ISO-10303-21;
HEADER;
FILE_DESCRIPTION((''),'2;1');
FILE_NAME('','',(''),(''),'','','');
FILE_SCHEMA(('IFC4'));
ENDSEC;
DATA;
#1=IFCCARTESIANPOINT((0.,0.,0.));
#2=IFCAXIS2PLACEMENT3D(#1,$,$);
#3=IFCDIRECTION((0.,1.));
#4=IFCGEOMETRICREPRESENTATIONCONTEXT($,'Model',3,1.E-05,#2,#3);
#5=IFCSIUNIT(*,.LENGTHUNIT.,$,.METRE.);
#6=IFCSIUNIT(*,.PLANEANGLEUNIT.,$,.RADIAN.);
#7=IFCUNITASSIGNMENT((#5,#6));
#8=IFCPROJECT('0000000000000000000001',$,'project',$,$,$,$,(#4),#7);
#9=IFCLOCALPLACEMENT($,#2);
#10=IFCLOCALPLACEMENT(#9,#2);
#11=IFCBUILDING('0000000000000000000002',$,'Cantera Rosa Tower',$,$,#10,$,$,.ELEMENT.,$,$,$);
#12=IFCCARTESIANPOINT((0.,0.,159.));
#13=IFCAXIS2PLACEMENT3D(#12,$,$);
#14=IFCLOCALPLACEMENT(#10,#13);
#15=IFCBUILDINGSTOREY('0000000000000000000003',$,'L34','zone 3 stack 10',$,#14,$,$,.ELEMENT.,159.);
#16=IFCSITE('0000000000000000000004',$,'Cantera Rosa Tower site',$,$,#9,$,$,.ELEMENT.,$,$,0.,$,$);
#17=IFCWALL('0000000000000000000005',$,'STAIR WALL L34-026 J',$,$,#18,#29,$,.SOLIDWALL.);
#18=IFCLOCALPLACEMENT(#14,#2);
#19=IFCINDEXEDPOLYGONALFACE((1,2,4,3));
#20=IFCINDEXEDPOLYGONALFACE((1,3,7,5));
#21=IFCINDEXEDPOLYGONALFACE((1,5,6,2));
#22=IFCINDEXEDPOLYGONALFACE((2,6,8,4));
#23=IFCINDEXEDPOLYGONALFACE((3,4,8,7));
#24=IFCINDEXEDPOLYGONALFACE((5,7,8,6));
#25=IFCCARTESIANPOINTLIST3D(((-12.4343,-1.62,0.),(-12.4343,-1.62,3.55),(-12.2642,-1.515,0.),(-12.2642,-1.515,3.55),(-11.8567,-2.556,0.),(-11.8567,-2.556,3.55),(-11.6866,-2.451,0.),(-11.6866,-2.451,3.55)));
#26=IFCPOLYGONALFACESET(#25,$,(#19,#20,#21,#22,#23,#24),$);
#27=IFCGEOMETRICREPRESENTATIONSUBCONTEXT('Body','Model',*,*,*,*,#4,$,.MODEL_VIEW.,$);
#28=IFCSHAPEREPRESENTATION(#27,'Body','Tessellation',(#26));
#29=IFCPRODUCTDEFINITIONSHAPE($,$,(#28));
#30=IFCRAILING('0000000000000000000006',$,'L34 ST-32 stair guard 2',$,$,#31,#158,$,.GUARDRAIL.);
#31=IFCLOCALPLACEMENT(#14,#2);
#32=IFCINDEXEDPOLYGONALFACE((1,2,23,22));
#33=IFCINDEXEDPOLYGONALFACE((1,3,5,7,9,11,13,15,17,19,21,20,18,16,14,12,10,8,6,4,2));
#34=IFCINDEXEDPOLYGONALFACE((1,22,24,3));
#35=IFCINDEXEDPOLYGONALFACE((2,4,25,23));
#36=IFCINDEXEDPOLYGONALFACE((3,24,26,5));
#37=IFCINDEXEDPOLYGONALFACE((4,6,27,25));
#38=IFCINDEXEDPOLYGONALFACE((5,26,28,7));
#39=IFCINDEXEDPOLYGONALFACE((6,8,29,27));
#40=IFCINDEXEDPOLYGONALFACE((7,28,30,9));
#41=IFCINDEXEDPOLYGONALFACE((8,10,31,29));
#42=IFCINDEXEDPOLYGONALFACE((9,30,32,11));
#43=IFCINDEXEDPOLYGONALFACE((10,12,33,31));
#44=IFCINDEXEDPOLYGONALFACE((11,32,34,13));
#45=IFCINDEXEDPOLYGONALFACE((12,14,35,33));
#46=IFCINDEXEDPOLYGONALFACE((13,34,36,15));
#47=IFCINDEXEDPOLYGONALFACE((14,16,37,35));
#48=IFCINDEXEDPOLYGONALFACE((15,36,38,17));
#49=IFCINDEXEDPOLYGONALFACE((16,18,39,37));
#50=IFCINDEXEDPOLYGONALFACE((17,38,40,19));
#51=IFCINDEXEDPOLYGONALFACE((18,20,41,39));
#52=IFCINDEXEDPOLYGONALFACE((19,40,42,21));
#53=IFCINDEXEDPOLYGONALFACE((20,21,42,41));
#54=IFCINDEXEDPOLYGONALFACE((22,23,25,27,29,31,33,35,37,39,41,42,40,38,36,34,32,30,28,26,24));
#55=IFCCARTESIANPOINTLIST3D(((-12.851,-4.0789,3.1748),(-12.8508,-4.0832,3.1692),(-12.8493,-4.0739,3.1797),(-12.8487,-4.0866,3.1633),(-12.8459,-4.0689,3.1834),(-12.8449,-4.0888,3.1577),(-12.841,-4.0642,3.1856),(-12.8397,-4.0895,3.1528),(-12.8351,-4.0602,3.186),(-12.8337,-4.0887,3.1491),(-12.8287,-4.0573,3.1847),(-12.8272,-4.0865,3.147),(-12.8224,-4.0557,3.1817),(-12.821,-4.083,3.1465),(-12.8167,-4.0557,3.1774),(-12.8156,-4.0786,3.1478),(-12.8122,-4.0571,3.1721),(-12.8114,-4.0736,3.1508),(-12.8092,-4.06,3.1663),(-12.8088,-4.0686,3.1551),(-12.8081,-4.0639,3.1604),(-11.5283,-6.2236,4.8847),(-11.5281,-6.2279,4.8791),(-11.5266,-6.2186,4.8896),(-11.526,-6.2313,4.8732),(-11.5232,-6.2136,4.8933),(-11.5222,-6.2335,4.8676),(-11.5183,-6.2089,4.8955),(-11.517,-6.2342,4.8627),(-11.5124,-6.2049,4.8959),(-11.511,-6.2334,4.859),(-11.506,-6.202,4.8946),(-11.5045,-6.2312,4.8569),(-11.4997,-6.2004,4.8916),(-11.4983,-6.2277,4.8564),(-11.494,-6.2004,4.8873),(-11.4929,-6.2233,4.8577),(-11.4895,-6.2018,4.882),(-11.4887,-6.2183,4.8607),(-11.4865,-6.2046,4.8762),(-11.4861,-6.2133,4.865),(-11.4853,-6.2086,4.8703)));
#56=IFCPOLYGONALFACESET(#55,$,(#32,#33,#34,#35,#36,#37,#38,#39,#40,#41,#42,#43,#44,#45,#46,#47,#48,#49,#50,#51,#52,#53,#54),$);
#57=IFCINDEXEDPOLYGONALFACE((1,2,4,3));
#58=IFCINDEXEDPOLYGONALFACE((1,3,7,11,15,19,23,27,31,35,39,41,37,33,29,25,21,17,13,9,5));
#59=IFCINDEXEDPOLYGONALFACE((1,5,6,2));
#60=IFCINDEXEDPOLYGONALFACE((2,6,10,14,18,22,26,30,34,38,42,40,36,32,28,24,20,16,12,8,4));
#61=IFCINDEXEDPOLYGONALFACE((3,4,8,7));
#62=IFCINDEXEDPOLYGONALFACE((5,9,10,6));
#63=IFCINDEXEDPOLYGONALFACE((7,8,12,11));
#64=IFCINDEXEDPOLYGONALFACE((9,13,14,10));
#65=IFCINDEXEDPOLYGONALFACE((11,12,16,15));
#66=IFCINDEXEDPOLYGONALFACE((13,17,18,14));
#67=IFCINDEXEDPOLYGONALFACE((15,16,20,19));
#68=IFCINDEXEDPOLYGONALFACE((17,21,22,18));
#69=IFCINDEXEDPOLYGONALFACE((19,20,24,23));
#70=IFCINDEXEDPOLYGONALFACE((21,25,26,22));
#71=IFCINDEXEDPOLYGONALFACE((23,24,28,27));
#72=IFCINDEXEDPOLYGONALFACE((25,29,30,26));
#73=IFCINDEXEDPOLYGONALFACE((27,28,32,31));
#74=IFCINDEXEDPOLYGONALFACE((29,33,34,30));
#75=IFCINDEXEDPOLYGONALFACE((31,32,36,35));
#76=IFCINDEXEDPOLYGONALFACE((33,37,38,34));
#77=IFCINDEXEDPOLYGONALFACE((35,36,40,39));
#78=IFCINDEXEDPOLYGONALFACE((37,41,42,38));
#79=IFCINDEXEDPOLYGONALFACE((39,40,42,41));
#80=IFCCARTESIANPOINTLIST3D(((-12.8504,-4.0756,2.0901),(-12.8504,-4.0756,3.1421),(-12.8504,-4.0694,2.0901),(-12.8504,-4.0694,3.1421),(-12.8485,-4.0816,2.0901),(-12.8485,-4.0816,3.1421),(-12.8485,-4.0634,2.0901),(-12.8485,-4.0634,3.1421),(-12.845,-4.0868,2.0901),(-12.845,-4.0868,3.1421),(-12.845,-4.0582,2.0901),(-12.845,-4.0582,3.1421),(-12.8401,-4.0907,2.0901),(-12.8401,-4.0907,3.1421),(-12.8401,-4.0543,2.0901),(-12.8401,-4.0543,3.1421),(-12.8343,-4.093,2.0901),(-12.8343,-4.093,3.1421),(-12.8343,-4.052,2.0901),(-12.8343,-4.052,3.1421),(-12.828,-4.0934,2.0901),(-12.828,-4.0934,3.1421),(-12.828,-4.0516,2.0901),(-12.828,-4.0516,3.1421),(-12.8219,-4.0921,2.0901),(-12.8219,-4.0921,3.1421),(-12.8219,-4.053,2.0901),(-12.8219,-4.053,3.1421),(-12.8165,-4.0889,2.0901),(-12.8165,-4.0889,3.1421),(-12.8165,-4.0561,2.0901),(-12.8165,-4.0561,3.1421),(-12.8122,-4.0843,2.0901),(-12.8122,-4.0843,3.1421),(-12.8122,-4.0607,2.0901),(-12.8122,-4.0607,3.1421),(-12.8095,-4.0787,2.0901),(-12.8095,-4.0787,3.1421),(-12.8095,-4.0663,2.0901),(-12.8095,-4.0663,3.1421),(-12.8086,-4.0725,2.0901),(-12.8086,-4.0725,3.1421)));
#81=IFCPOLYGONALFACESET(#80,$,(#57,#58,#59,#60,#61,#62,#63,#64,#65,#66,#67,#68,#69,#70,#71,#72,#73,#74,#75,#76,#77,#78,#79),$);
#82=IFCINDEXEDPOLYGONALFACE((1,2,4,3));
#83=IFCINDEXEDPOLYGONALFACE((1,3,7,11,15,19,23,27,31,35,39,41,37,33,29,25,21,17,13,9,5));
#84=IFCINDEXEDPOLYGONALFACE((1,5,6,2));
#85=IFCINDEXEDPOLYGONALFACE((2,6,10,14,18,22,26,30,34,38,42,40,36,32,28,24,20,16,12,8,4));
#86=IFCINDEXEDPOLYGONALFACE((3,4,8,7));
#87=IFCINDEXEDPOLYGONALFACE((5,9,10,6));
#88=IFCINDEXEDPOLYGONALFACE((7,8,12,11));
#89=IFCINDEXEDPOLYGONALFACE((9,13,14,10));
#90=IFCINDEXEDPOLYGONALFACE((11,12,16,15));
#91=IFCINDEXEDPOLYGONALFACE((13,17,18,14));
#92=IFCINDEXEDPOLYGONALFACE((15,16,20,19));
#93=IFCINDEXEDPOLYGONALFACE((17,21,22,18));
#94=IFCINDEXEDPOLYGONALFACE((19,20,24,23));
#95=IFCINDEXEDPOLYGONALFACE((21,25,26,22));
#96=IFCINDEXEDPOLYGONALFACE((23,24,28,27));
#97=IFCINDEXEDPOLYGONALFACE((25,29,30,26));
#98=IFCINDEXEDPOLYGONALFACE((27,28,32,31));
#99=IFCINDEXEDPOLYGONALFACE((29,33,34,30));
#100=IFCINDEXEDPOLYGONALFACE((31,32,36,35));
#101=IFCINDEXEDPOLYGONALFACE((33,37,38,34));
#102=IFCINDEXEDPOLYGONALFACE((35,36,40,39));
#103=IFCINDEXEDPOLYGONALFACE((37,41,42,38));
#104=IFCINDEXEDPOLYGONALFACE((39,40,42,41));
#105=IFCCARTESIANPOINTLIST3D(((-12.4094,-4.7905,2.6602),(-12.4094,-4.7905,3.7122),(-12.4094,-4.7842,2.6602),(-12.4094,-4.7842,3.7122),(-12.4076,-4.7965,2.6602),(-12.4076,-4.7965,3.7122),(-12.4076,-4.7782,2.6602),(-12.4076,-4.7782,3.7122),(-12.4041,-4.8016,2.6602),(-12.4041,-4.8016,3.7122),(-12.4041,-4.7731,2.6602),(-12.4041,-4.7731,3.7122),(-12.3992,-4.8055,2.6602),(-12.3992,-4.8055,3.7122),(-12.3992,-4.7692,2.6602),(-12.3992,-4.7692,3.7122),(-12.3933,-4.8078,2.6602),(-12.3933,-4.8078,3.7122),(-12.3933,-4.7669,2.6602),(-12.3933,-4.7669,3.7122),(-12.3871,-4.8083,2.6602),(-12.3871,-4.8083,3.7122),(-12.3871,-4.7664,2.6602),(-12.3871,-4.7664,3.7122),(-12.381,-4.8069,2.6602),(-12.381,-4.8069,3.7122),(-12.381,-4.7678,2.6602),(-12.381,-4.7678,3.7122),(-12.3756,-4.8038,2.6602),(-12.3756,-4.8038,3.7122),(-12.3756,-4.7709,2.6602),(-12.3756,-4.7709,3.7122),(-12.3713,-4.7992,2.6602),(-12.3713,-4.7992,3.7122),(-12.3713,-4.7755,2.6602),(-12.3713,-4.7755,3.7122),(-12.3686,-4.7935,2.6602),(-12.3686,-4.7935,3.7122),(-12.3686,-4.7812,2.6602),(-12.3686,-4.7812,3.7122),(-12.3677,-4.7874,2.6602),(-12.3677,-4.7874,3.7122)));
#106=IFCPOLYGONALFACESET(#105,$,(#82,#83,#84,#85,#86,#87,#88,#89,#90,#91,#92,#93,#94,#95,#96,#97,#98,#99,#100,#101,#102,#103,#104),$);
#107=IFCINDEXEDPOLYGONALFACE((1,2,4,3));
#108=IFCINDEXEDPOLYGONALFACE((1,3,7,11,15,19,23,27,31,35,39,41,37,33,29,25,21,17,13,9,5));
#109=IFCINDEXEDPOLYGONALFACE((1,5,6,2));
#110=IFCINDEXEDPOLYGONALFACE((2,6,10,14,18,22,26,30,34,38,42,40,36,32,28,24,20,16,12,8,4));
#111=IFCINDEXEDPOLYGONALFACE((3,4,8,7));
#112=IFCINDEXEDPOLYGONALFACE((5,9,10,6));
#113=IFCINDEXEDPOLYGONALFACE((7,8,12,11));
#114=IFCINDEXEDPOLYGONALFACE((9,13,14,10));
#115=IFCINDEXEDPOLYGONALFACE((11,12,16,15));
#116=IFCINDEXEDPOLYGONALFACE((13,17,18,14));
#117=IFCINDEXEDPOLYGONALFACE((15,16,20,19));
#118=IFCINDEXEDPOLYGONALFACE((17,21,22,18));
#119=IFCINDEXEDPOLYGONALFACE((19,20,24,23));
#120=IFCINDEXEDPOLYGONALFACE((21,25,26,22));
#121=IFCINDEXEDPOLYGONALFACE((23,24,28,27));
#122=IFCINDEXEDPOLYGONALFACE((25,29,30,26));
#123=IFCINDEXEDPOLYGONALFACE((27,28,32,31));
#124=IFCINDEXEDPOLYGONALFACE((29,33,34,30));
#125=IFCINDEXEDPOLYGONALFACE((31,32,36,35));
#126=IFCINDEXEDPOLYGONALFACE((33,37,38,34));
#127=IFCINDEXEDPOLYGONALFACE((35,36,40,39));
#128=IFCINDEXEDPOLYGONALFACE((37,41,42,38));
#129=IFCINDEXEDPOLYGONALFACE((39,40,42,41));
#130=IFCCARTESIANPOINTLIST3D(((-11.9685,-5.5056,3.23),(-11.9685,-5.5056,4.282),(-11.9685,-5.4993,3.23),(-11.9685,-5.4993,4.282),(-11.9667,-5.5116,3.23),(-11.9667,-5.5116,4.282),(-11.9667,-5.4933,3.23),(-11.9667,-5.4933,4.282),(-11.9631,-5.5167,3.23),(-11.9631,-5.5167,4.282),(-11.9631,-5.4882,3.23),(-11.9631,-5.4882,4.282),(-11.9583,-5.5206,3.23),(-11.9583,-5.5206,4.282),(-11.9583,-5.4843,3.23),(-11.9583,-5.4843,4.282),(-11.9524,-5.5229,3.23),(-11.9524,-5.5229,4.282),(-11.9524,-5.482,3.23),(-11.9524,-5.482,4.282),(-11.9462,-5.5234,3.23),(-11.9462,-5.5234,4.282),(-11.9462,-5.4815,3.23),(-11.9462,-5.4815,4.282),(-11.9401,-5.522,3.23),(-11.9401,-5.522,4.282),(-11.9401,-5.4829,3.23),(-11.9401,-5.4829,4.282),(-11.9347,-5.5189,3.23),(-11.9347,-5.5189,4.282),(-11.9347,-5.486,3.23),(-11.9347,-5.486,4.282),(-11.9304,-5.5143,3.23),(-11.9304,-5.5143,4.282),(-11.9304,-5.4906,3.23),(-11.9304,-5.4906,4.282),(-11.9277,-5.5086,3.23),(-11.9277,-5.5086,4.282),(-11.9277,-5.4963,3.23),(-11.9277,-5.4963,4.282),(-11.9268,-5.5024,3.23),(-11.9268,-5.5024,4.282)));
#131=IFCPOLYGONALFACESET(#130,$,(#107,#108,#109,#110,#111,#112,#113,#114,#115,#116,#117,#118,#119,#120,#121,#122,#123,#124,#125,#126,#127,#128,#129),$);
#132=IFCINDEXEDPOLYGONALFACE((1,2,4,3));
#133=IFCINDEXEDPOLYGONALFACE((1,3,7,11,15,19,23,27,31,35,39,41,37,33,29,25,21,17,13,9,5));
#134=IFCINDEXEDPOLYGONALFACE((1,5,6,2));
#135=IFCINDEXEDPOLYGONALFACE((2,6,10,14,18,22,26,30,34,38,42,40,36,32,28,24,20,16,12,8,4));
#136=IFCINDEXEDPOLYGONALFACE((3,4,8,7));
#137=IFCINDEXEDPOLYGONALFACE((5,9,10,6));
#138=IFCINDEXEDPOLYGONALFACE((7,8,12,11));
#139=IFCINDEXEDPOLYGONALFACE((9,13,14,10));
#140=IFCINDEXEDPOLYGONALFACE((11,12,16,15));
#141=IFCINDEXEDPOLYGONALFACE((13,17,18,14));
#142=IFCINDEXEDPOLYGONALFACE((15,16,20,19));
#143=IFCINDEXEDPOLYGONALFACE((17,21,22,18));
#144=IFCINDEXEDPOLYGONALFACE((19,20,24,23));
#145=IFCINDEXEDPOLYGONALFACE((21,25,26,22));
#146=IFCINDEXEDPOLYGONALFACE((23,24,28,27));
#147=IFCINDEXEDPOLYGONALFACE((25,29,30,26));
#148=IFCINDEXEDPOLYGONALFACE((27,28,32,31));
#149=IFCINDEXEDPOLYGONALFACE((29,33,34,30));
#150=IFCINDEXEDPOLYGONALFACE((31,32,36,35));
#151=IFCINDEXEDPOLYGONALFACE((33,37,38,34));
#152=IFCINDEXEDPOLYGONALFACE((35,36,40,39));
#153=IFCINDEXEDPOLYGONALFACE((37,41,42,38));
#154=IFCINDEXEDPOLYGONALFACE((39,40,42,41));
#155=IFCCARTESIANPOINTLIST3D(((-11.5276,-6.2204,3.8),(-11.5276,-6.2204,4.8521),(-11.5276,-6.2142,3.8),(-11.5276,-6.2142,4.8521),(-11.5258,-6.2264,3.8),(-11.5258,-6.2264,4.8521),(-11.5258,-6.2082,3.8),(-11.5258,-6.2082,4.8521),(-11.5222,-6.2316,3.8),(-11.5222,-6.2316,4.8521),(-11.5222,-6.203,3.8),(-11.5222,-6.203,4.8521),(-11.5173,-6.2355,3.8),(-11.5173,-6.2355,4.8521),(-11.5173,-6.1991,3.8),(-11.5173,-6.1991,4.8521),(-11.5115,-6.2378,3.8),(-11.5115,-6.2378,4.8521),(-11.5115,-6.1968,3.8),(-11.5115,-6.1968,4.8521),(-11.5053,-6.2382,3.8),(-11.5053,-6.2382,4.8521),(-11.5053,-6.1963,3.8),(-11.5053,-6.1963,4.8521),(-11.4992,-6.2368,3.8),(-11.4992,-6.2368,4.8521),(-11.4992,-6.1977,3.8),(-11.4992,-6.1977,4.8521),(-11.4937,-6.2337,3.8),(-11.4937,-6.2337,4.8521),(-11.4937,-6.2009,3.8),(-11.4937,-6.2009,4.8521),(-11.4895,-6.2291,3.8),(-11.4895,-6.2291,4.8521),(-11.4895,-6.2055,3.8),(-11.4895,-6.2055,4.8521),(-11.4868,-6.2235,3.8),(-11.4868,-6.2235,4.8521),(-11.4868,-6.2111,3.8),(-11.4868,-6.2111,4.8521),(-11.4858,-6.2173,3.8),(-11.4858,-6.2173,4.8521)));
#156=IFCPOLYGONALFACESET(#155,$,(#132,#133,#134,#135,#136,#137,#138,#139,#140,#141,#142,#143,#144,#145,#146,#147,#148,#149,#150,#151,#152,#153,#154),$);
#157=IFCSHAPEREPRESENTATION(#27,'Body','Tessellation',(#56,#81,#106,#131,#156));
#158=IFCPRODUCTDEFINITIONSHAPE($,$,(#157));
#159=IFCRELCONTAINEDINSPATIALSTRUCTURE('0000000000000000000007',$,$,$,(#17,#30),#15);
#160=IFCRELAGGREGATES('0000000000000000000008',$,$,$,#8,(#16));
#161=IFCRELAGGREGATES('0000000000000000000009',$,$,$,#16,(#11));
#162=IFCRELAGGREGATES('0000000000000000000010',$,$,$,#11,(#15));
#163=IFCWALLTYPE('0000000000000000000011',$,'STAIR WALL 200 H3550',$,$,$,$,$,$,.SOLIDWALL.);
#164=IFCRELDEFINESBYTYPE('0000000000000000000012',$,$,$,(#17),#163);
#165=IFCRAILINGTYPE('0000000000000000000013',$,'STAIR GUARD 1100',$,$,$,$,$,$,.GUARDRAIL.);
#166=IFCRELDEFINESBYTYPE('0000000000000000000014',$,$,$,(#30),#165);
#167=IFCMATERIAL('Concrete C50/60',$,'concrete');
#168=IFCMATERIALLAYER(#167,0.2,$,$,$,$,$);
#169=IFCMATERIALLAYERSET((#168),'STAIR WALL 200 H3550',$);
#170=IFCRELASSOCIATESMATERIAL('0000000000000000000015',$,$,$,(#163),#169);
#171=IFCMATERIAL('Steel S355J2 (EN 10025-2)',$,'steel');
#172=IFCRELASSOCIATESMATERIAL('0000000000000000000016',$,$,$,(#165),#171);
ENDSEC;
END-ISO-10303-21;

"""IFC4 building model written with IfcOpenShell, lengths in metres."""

from ifc_helpers import new_model, si_unit, direction, frame, frame_2d, origin, origin_2d, place, context, subcontext, project, spatial, rectangle, circle, extrude, material, layer, layer_set, type_object, element, save


model = new_model("IFC4")

# Units and contexts
model_context = context("Model", 3, precision=1e-05, world=origin(), true_north=direction((0.0, 1.0)))
body_context = subcontext(model_context, "Body", "Model", "MODEL_VIEW")
ifc_project = project(units=[si_unit("LENGTHUNIT", "METRE"), si_unit("PLANEANGLEUNIT", "RADIAN")], contexts=[model_context])

# Site, building, storey
site_placement = place(None, origin())
site = spatial("IfcSite", under=ifc_project, at=site_placement, Name="Cantera Rosa Tower site", CompositionType="ELEMENT", RefElevation=0.0)
building_placement = place(site_placement, origin())
building = spatial("IfcBuilding", under=site, at=building_placement, Name="Cantera Rosa Tower", CompositionType="ELEMENT")
storey_placement = place(building_placement, frame((0.0, 0.0, 159.0)))
storey = spatial("IfcBuildingStorey", under=building, at=storey_placement, Name="L34", Description="zone 3 stack 10", CompositionType="ELEMENT", Elevation=159.0)

# Shared definitions
ifc_material_1 = material(Name="Concrete C50/60", Category="concrete")
ifc_layer_1 = layer(ifc_material_1, 0.2)
ifc_layer_set_1 = layer_set([ifc_layer_1], Name="STAIR WALL 200 H3550")
wall_type_1 = type_object("IfcWallType", Name="STAIR WALL 200 H3550", PredefinedType="SOLIDWALL", material=ifc_layer_set_1)

# Wall
wall_1_placement = place(storey_placement, frame((-11.7717, -2.5034, 0.0), z_axis=(0.0, 0.0, 1.0), x_axis=(-0.525162, 0.851002, 0.0)))
element("IfcWall", 1, at=wall_1_placement, inside=storey, type_object=wall_type_1, Name="STAIR WALL L34-026 J", PredefinedType="SOLIDWALL", context=body_context, shape_type="SweptSolid", body=[
    extrude(rectangle(XDim=1.0999, YDim=0.2, at=frame_2d((0.5498, 0.0))), origin(), (0.0, 0.0, 1.0), 3.55),
])

# Railing
ifc_material_2 = material(Name="Steel S355J2 (EN 10025-2)", Category="steel")
railing_type = type_object("IfcRailingType", Name="STAIR GUARD 1100", PredefinedType="GUARDRAIL", material=ifc_material_2)
railing_1_placement = place(storey_placement, frame((-12.8296, -4.0725, 2.0901)))
element("IfcRailing", 2, at=railing_1_placement, inside=storey, type_object=railing_type, Name="L34 ST-32 stair guard 2", PredefinedType="GUARDRAIL", context=body_context, shape_type="SweptSolid", body=[
    extrude(circle(Radius=0.0239, at=origin_2d()), frame((0.0, 0.0, 1.0762), z_axis=(0.434363, -0.704296, 0.561513), x_axis=(0.851146, 0.52493, 0.0)), (0.0, 0.0, 1.0), 3.0452),
    extrude(circle(Radius=0.021, at=origin_2d()), origin(), (0.0, 0.0, 1.0), 1.052),
    extrude(circle(Radius=0.021, at=origin_2d()), frame((0.4409, -0.7148, 0.5701)), (0.0, 0.0, 1.0), 1.052),
    extrude(circle(Radius=0.021, at=origin_2d()), frame((0.8818, -1.4299, 1.1399)), (0.0, 0.0, 1.0), 1.052),
    extrude(circle(Radius=0.021, at=origin_2d()), frame((1.3228, -2.1448, 1.71)), (0.0, 0.0, 1.0), 1.052),
])

save(model, "model.ifc")
